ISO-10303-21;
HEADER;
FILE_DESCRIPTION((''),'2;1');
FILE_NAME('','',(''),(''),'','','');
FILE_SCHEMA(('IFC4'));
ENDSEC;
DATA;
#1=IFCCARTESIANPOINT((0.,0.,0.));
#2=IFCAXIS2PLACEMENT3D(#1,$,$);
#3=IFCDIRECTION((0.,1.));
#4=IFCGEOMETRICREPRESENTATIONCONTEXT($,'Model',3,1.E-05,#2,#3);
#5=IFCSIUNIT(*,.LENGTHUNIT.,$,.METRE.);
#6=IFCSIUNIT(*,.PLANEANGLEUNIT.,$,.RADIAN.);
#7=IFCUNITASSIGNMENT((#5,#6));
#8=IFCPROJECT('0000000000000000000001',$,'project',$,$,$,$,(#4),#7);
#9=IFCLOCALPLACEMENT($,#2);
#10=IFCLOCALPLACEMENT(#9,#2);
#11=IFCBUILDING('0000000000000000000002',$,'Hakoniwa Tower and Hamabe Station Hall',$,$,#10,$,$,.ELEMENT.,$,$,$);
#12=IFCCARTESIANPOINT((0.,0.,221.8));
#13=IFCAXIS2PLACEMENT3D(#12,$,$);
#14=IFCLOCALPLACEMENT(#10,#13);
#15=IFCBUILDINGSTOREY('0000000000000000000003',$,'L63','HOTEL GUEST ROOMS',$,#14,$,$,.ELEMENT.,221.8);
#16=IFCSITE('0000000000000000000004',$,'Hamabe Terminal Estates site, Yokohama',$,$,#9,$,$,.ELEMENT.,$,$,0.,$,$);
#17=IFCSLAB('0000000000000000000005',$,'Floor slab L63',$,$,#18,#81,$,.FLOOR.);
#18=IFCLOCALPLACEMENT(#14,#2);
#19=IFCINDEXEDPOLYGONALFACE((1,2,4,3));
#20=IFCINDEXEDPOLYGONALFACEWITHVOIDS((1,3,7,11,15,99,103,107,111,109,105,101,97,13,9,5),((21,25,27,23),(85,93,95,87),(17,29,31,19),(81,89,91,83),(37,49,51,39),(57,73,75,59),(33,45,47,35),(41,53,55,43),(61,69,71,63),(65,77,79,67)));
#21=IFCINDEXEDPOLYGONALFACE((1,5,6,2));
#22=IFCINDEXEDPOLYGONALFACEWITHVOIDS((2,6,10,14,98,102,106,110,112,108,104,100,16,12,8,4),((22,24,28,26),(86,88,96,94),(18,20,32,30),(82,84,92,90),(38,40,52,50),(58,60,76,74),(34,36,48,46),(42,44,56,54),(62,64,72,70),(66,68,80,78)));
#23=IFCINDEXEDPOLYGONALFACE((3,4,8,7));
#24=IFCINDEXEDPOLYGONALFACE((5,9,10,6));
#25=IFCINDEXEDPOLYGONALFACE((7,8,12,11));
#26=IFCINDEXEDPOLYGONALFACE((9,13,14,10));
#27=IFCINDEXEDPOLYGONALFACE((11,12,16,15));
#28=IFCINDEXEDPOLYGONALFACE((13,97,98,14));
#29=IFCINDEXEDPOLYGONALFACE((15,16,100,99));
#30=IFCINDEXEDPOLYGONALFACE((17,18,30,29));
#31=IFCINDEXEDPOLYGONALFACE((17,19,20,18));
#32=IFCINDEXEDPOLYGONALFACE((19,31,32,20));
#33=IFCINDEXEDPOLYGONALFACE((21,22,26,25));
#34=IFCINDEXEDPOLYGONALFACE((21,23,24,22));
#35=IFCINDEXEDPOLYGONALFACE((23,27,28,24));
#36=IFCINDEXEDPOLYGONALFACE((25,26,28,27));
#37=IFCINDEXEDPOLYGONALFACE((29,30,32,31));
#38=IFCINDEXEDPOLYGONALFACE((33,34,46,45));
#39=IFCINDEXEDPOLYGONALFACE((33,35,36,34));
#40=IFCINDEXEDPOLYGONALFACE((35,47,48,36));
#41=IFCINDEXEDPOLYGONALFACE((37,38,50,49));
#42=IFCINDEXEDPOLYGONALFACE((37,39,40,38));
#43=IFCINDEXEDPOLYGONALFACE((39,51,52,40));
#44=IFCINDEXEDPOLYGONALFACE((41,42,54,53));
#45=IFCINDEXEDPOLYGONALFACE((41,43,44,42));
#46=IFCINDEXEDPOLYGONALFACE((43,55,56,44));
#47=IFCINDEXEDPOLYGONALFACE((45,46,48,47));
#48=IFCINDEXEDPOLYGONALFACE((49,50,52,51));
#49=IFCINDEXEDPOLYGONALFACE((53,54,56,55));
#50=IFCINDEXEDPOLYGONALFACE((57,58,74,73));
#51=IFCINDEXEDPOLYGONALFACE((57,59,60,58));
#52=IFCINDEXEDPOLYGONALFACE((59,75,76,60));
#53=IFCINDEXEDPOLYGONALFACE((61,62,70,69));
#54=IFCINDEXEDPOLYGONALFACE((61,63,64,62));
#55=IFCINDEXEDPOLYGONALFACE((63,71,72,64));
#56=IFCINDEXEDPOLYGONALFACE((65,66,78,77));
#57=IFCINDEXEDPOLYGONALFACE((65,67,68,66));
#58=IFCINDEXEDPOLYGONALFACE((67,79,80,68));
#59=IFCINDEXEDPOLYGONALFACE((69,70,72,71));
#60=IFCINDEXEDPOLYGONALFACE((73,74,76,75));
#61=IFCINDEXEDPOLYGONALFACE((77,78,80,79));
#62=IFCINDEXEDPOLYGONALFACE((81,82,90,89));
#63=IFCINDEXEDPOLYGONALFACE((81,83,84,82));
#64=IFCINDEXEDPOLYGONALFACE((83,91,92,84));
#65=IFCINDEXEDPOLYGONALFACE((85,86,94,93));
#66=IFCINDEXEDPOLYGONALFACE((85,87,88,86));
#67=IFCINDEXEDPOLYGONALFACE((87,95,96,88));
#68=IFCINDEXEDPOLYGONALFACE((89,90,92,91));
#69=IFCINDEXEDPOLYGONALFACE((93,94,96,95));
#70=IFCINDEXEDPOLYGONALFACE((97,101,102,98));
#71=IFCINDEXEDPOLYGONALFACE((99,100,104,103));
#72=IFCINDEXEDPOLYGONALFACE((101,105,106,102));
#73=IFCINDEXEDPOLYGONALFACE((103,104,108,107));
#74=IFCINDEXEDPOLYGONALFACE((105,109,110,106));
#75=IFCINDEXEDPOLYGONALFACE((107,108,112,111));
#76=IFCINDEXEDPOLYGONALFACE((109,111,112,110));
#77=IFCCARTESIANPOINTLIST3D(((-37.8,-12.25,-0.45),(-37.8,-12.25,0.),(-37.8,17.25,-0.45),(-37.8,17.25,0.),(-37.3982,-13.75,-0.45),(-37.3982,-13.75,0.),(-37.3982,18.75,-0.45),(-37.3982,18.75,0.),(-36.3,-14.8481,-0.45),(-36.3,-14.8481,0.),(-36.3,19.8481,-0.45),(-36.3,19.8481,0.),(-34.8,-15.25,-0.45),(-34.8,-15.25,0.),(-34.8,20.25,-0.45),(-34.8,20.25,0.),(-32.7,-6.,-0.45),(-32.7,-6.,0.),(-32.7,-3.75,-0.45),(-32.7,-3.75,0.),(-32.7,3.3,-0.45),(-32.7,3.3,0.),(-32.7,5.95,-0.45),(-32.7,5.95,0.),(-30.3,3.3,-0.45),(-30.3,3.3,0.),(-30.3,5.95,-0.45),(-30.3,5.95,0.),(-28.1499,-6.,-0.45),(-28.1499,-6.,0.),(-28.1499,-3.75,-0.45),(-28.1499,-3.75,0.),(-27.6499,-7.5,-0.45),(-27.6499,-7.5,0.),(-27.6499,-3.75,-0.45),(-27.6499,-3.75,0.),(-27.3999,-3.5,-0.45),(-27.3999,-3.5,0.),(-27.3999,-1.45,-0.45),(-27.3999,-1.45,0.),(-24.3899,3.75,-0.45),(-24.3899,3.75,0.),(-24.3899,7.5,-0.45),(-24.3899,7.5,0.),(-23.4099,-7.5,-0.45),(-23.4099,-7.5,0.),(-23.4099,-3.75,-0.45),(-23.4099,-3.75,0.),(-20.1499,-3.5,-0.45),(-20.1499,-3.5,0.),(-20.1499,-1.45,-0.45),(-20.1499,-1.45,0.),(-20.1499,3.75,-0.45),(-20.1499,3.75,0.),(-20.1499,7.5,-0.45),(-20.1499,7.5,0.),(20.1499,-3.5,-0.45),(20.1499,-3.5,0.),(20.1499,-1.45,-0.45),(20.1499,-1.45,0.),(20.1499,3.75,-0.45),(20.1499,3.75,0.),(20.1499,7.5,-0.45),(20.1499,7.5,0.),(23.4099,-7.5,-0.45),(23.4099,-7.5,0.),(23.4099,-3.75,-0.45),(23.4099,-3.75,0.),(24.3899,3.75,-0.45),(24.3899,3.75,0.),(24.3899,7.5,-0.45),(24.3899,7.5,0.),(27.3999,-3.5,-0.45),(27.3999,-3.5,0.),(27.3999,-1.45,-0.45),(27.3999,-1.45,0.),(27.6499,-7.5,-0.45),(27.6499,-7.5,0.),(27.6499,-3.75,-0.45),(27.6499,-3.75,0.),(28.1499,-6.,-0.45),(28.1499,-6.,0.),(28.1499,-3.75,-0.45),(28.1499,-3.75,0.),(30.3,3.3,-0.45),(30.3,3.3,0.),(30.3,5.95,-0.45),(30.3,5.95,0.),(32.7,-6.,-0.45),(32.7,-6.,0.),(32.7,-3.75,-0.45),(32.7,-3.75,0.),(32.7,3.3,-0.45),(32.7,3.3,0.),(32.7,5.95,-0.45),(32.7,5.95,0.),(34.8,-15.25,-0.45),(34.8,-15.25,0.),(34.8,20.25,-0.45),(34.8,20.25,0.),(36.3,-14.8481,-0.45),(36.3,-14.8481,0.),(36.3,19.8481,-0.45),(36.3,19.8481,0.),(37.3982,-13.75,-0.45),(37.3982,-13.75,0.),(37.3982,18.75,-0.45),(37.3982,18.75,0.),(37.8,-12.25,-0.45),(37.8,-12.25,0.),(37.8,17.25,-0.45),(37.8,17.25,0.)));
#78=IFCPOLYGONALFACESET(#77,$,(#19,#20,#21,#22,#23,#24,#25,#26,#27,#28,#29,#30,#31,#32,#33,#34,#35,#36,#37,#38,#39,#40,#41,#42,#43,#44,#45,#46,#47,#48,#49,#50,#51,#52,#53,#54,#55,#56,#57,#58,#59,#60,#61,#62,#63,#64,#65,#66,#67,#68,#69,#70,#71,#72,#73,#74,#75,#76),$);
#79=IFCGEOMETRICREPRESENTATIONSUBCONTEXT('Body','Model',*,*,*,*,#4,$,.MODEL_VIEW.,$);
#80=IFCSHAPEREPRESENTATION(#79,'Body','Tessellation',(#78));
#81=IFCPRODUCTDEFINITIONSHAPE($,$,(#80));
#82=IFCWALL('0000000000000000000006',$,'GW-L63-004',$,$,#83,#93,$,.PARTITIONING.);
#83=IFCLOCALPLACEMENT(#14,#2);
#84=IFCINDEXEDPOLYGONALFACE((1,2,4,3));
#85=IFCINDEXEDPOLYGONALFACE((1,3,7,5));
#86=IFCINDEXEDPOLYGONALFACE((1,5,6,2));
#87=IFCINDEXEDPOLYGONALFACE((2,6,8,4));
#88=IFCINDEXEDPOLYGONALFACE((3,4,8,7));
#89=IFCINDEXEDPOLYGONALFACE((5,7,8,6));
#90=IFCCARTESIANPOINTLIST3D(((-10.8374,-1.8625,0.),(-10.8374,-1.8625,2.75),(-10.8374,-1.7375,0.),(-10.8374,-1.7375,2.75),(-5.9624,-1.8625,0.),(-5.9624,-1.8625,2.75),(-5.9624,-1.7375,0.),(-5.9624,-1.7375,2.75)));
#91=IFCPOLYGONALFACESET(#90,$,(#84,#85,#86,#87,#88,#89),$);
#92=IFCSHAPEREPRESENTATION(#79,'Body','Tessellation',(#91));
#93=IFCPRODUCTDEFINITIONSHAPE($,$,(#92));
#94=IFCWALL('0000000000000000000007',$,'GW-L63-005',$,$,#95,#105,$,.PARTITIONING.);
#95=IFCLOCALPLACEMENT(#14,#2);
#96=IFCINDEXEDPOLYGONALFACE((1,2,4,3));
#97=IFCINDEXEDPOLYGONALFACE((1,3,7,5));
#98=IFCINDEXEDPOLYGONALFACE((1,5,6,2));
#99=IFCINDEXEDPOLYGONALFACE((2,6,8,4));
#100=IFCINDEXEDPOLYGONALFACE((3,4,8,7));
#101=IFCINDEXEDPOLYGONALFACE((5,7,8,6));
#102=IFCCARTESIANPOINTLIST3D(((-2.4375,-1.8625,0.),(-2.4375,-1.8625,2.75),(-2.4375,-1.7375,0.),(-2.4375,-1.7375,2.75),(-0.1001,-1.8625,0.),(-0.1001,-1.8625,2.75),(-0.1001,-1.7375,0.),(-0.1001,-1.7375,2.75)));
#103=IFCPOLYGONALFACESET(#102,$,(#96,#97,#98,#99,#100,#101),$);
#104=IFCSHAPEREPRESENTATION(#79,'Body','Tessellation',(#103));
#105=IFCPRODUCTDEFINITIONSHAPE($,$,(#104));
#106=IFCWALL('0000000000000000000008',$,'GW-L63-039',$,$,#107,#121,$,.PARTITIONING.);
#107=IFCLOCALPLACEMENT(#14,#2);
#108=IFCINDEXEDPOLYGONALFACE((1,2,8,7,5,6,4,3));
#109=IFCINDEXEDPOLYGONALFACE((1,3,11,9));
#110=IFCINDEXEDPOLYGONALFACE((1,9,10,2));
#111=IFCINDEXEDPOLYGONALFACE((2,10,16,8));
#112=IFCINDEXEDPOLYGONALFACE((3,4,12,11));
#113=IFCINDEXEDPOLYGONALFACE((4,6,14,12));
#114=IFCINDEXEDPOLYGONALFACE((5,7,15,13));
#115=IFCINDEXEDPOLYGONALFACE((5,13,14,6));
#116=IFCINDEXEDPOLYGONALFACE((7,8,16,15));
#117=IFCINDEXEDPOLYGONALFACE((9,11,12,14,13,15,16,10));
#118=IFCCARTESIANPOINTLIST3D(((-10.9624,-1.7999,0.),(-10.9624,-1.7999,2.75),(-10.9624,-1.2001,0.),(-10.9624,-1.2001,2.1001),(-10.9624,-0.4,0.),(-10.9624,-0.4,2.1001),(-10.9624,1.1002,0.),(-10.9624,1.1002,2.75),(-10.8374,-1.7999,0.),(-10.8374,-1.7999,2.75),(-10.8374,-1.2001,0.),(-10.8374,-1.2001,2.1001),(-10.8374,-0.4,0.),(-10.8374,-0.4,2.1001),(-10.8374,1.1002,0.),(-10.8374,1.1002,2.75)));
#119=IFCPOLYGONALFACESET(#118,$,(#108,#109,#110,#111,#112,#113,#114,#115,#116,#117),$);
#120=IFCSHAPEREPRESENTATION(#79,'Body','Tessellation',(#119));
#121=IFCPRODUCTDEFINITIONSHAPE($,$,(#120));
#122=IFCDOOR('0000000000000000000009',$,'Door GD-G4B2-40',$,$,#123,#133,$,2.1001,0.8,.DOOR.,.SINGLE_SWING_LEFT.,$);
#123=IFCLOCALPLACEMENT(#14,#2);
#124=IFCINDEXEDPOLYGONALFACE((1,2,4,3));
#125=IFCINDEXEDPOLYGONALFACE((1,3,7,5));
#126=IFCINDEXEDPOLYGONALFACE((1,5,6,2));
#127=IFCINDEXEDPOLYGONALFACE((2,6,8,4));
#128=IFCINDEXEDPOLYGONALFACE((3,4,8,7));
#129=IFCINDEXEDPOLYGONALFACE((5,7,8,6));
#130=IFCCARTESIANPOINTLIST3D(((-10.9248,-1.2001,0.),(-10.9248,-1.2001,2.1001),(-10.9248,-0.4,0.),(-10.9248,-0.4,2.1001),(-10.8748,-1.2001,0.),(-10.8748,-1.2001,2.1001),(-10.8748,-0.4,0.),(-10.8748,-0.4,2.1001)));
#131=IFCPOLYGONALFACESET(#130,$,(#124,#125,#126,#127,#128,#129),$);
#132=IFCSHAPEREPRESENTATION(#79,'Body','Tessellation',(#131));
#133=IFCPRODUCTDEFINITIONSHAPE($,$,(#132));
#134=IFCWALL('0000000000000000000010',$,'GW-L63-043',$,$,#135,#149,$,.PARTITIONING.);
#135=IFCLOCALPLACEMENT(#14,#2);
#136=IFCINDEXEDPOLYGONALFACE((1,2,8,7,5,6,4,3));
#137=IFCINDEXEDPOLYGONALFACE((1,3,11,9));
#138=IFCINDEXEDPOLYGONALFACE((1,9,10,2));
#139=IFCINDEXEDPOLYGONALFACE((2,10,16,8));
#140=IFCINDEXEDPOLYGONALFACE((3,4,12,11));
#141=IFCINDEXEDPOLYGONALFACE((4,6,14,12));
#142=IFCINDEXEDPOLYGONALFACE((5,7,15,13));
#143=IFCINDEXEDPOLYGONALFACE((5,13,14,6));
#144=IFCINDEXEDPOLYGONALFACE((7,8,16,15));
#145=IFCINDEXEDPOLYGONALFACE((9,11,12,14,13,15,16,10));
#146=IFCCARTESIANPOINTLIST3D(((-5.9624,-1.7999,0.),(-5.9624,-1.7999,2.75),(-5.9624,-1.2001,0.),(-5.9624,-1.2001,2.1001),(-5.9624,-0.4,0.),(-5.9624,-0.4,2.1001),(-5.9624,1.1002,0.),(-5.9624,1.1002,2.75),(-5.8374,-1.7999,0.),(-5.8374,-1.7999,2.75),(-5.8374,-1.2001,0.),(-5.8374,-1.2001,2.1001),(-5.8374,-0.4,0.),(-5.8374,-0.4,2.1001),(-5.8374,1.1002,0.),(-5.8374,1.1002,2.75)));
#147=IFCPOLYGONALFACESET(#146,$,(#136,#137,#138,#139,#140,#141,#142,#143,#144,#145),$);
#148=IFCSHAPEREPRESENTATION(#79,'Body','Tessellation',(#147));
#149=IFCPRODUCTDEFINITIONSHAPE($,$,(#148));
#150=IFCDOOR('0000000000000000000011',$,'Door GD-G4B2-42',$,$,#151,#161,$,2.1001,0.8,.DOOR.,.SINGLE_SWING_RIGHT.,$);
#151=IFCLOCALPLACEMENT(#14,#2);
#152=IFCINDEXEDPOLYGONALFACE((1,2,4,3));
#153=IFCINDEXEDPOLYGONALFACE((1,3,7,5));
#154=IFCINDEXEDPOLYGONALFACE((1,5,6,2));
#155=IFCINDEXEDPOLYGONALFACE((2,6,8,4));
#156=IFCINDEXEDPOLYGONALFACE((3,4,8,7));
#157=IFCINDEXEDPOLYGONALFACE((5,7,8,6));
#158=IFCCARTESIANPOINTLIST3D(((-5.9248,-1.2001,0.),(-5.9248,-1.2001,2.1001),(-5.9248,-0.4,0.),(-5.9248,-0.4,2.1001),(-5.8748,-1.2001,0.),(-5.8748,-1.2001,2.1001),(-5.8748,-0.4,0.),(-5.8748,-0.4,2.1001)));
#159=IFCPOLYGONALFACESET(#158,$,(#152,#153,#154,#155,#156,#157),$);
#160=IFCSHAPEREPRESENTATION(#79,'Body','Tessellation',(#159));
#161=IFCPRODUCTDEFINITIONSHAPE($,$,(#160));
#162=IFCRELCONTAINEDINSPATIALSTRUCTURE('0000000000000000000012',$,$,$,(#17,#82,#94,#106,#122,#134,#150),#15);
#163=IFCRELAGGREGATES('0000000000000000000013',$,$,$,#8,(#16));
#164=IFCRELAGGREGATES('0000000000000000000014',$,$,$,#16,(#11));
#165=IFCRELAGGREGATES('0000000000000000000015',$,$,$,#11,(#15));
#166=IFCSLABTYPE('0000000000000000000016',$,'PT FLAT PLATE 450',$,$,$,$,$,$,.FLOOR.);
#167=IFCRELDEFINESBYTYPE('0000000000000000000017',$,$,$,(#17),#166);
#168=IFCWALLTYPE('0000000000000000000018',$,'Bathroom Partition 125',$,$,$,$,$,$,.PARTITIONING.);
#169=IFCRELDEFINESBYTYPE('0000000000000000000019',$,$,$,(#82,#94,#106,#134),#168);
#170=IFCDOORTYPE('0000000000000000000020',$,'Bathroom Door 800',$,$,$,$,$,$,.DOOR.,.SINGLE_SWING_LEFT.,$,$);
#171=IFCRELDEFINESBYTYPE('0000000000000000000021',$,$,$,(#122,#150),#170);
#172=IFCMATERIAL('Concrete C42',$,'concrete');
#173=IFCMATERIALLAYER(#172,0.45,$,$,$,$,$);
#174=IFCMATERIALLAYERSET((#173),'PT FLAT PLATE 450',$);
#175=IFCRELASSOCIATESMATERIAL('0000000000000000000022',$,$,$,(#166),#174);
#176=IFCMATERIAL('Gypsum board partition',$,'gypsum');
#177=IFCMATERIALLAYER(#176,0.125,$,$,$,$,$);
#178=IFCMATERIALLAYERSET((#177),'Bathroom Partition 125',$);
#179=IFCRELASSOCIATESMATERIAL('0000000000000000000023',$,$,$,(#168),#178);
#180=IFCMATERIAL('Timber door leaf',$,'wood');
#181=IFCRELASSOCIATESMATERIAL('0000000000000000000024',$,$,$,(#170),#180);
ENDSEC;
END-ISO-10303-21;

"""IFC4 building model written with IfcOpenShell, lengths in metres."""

from ifc_helpers import new_model, si_unit, direction, frame, frame_2d, origin, place, context, subcontext, project, spatial, polyline, rectangle, outline, extrude, material, layer, layer_set, type_object, element, fill, save


model = new_model("IFC4")

# Units and contexts
model_context = context("Model", 3, precision=1e-05, world=origin(), true_north=direction((0.0, 1.0)))
body_context = subcontext(model_context, "Body", "Model", "MODEL_VIEW")
ifc_project = project(units=[si_unit("LENGTHUNIT", "METRE"), si_unit("PLANEANGLEUNIT", "RADIAN")], contexts=[model_context])

# Site, building, storey
site_placement = place(None, origin())
site = spatial("IfcSite", under=ifc_project, at=site_placement, Name="Hamabe Terminal Estates site, Yokohama", CompositionType="ELEMENT", RefElevation=0.0)
building_placement = place(site_placement, origin())
building = spatial("IfcBuilding", under=site, at=building_placement, Name="Hakoniwa Tower and Hamabe Station Hall", CompositionType="ELEMENT")
storey_placement = place(building_placement, frame((0.0, 0.0, 221.8)))
storey = spatial("IfcBuildingStorey", under=building, at=storey_placement, Name="L63", Description="HOTEL GUEST ROOMS", CompositionType="ELEMENT", Elevation=221.8)

# Slab
ifc_material_1 = material(Name="Concrete C42", Category="concrete")
ifc_layer_1 = layer(ifc_material_1, 0.45)
ifc_layer_set_1 = layer_set([ifc_layer_1], Name="PT FLAT PLATE 450")
slab_type = type_object("IfcSlabType", Name="PT FLAT PLATE 450", PredefinedType="FLOOR", material=ifc_layer_set_1)
slab_placement = place(storey_placement, frame((0.0, 0.0, -0.45)))
element("IfcSlab", 1, at=slab_placement, inside=storey, type_object=slab_type, Name="Floor slab L63", PredefinedType="FLOOR", context=body_context, shape_type="SweptSolid", body=[
    extrude(outline(polyline([(37.8, -12.25), (37.8, 17.25), (37.3982, 18.75), (36.3, 19.8481), (34.8, 20.25), (-34.8, 20.25), (-36.3, 19.8481), (-37.3982, 18.75), (-37.8, 17.25), (-37.8, -12.25), (-37.3982, -13.75), (-36.3, -14.8481), (-34.8, -15.25), (34.8, -15.25), (36.3, -14.8481), (37.3982, -13.75), (37.8, -12.25)]), holes=[polyline([(-27.3999, -3.5), (-27.3999, -1.45), (-20.1499, -1.45), (-20.1499, -3.5), (-27.3999, -3.5)]), polyline([(-32.7, 3.3), (-32.7, 5.95), (-30.3, 5.95), (-30.3, 3.3), (-32.7, 3.3)]), polyline([(-32.7, -6.0), (-32.7, -3.75), (-28.1499, -3.75), (-28.1499, -6.0), (-32.7, -6.0)]), polyline([(-24.3899, 3.75), (-24.3899, 7.5), (-20.1499, 7.5), (-20.1499, 3.75), (-24.3899, 3.75)]), polyline([(-27.6499, -7.5), (-27.6499, -3.75), (-23.4099, -3.75), (-23.4099, -7.5), (-27.6499, -7.5)]), polyline([(20.1499, -3.5), (20.1499, -1.45), (27.3999, -1.45), (27.3999, -3.5), (20.1499, -3.5)]), polyline([(30.3, 3.3), (30.3, 5.95), (32.7, 5.95), (32.7, 3.3), (30.3, 3.3)]), polyline([(28.1499, -6.0), (28.1499, -3.75), (32.7, -3.75), (32.7, -6.0), (28.1499, -6.0)]), polyline([(20.1499, 3.75), (20.1499, 7.5), (24.3899, 7.5), (24.3899, 3.75), (20.1499, 3.75)]), polyline([(23.4099, -7.5), (23.4099, -3.75), (27.6499, -3.75), (27.6499, -7.5), (23.4099, -7.5)])]), origin(), (0.0, 0.0, 1.0), 0.45),
])

# Walls
ifc_material_2 = material(Name="Gypsum board partition", Category="gypsum")
ifc_layer_2 = layer(ifc_material_2, 0.125)
ifc_layer_set_2 = layer_set([ifc_layer_2], Name="Bathroom Partition 125")
wall_type_1 = type_object("IfcWallType", Name="Bathroom Partition 125", PredefinedType="PARTITIONING", material=ifc_layer_set_2)
wall_1_placement = place(storey_placement, frame((-10.8374, -1.8, 0.0), z_axis=(0.0, 0.0, 1.0), x_axis=(1.0, 0.0, 0.0)))
element("IfcWall", 2, at=wall_1_placement, inside=storey, type_object=wall_type_1, Name="GW-L63-004", PredefinedType="PARTITIONING", context=body_context, shape_type="SweptSolid", body=[
    extrude(rectangle(XDim=4.875, YDim=0.125, at=frame_2d((2.4375, 0.0))), origin(), (0.0, 0.0, 1.0), 2.75),
])
wall_2_placement = place(storey_placement, frame((-2.4375, -1.8, 0.0), z_axis=(0.0, 0.0, 1.0), x_axis=(1.0, 0.0, 0.0)))
element("IfcWall", 3, at=wall_2_placement, inside=storey, type_object=wall_type_1, Name="GW-L63-005", PredefinedType="PARTITIONING", context=body_context, shape_type="SweptSolid", body=[
    extrude(rectangle(XDim=2.3374, YDim=0.125, at=frame_2d((1.1687, 0.0))), origin(), (0.0, 0.0, 1.0), 2.75),
])

# Walls, openings, doors
wall_3_placement = place(storey_placement, frame((-10.8999, -1.8, 0.0), z_axis=(0.0, 0.0, 1.0), x_axis=(0.0, 1.0, 0.0)))
wall_3 = element("IfcWall", 4, at=wall_3_placement, inside=storey, type_object=wall_type_1, Name="GW-L63-039", PredefinedType="PARTITIONING", context=body_context, shape_type="SweptSolid", body=[
    extrude(rectangle(XDim=2.9001, YDim=0.125, at=frame_2d((1.4502, 0.0))), origin(), (0.0, 0.0, 1.0), 2.75),
])
opening_1_placement = place(wall_3_placement, frame((0.6001, 0.0, 0.0)))
opening_1 = element("IfcOpeningElement", 5, at=opening_1_placement, cuts=wall_3, PredefinedType="OPENING", context=body_context, shape_type="SweptSolid", body=[
    extrude(rectangle(XDim=0.8, YDim=2.1001, at=frame_2d((0.3999, 1.05))), frame((0.0, 0.0725, 0.0), z_axis=(0.0, -1.0, 0.0), x_axis=(1.0, 0.0, 0.0)), (0.0, 0.0, 1.0), 0.145),
])
ifc_material_3 = material(Name="Timber door leaf", Category="wood")
door_type = type_object("IfcDoorType", Name="Bathroom Door 800", OperationType="SINGLE_SWING_LEFT", PredefinedType="DOOR", material=ifc_material_3)
door_1_placement = place(opening_1_placement, origin())
door_1 = element("IfcDoor", 6, at=door_1_placement, inside=storey, type_object=door_type, Name="Door GD-G4B2-40", OperationType="SINGLE_SWING_LEFT", OverallHeight=2.1001, OverallWidth=0.8, PredefinedType="DOOR", context=body_context, shape_type="SweptSolid", body=[
    extrude(rectangle(XDim=0.8, YDim=2.1001, at=frame_2d((0.3999, 1.05))), frame((0.0, 0.0249, 0.0), z_axis=(0.0, -1.0, 0.0), x_axis=(1.0, 0.0, 0.0)), (0.0, 0.0, 1.0), 0.05),
])
fill(opening_1, door_1)
wall_4_placement = place(storey_placement, frame((-5.8999, -1.8, 0.0), z_axis=(0.0, 0.0, 1.0), x_axis=(0.0, 1.0, 0.0)))
wall_4 = element("IfcWall", 7, at=wall_4_placement, inside=storey, type_object=wall_type_1, Name="GW-L63-043", PredefinedType="PARTITIONING", context=body_context, shape_type="SweptSolid", body=[
    extrude(rectangle(XDim=2.9001, YDim=0.125, at=frame_2d((1.4502, 0.0))), origin(), (0.0, 0.0, 1.0), 2.75),
])
opening_2_placement = place(wall_4_placement, frame((0.6001, 0.0, 0.0)))
opening_2 = element("IfcOpeningElement", 8, at=opening_2_placement, cuts=wall_4, PredefinedType="OPENING", context=body_context, shape_type="SweptSolid", body=[
    extrude(rectangle(XDim=0.8, YDim=2.1001, at=frame_2d((0.3999, 1.05))), frame((0.0, 0.0725, 0.0), z_axis=(0.0, -1.0, 0.0), x_axis=(1.0, 0.0, 0.0)), (0.0, 0.0, 1.0), 0.145),
])
door_2_placement = place(opening_2_placement, origin())
door_2 = element("IfcDoor", 9, at=door_2_placement, inside=storey, type_object=door_type, Name="Door GD-G4B2-42", OperationType="SINGLE_SWING_RIGHT", OverallHeight=2.1001, OverallWidth=0.8, PredefinedType="DOOR", context=body_context, shape_type="SweptSolid", body=[
    extrude(rectangle(XDim=0.8, YDim=2.1001, at=frame_2d((0.3999, 1.05))), frame((0.0, 0.0249, 0.0), z_axis=(0.0, -1.0, 0.0), x_axis=(1.0, 0.0, 0.0)), (0.0, 0.0, 1.0), 0.05),
])
fill(opening_2, door_2)

save(model, "model.ifc")
